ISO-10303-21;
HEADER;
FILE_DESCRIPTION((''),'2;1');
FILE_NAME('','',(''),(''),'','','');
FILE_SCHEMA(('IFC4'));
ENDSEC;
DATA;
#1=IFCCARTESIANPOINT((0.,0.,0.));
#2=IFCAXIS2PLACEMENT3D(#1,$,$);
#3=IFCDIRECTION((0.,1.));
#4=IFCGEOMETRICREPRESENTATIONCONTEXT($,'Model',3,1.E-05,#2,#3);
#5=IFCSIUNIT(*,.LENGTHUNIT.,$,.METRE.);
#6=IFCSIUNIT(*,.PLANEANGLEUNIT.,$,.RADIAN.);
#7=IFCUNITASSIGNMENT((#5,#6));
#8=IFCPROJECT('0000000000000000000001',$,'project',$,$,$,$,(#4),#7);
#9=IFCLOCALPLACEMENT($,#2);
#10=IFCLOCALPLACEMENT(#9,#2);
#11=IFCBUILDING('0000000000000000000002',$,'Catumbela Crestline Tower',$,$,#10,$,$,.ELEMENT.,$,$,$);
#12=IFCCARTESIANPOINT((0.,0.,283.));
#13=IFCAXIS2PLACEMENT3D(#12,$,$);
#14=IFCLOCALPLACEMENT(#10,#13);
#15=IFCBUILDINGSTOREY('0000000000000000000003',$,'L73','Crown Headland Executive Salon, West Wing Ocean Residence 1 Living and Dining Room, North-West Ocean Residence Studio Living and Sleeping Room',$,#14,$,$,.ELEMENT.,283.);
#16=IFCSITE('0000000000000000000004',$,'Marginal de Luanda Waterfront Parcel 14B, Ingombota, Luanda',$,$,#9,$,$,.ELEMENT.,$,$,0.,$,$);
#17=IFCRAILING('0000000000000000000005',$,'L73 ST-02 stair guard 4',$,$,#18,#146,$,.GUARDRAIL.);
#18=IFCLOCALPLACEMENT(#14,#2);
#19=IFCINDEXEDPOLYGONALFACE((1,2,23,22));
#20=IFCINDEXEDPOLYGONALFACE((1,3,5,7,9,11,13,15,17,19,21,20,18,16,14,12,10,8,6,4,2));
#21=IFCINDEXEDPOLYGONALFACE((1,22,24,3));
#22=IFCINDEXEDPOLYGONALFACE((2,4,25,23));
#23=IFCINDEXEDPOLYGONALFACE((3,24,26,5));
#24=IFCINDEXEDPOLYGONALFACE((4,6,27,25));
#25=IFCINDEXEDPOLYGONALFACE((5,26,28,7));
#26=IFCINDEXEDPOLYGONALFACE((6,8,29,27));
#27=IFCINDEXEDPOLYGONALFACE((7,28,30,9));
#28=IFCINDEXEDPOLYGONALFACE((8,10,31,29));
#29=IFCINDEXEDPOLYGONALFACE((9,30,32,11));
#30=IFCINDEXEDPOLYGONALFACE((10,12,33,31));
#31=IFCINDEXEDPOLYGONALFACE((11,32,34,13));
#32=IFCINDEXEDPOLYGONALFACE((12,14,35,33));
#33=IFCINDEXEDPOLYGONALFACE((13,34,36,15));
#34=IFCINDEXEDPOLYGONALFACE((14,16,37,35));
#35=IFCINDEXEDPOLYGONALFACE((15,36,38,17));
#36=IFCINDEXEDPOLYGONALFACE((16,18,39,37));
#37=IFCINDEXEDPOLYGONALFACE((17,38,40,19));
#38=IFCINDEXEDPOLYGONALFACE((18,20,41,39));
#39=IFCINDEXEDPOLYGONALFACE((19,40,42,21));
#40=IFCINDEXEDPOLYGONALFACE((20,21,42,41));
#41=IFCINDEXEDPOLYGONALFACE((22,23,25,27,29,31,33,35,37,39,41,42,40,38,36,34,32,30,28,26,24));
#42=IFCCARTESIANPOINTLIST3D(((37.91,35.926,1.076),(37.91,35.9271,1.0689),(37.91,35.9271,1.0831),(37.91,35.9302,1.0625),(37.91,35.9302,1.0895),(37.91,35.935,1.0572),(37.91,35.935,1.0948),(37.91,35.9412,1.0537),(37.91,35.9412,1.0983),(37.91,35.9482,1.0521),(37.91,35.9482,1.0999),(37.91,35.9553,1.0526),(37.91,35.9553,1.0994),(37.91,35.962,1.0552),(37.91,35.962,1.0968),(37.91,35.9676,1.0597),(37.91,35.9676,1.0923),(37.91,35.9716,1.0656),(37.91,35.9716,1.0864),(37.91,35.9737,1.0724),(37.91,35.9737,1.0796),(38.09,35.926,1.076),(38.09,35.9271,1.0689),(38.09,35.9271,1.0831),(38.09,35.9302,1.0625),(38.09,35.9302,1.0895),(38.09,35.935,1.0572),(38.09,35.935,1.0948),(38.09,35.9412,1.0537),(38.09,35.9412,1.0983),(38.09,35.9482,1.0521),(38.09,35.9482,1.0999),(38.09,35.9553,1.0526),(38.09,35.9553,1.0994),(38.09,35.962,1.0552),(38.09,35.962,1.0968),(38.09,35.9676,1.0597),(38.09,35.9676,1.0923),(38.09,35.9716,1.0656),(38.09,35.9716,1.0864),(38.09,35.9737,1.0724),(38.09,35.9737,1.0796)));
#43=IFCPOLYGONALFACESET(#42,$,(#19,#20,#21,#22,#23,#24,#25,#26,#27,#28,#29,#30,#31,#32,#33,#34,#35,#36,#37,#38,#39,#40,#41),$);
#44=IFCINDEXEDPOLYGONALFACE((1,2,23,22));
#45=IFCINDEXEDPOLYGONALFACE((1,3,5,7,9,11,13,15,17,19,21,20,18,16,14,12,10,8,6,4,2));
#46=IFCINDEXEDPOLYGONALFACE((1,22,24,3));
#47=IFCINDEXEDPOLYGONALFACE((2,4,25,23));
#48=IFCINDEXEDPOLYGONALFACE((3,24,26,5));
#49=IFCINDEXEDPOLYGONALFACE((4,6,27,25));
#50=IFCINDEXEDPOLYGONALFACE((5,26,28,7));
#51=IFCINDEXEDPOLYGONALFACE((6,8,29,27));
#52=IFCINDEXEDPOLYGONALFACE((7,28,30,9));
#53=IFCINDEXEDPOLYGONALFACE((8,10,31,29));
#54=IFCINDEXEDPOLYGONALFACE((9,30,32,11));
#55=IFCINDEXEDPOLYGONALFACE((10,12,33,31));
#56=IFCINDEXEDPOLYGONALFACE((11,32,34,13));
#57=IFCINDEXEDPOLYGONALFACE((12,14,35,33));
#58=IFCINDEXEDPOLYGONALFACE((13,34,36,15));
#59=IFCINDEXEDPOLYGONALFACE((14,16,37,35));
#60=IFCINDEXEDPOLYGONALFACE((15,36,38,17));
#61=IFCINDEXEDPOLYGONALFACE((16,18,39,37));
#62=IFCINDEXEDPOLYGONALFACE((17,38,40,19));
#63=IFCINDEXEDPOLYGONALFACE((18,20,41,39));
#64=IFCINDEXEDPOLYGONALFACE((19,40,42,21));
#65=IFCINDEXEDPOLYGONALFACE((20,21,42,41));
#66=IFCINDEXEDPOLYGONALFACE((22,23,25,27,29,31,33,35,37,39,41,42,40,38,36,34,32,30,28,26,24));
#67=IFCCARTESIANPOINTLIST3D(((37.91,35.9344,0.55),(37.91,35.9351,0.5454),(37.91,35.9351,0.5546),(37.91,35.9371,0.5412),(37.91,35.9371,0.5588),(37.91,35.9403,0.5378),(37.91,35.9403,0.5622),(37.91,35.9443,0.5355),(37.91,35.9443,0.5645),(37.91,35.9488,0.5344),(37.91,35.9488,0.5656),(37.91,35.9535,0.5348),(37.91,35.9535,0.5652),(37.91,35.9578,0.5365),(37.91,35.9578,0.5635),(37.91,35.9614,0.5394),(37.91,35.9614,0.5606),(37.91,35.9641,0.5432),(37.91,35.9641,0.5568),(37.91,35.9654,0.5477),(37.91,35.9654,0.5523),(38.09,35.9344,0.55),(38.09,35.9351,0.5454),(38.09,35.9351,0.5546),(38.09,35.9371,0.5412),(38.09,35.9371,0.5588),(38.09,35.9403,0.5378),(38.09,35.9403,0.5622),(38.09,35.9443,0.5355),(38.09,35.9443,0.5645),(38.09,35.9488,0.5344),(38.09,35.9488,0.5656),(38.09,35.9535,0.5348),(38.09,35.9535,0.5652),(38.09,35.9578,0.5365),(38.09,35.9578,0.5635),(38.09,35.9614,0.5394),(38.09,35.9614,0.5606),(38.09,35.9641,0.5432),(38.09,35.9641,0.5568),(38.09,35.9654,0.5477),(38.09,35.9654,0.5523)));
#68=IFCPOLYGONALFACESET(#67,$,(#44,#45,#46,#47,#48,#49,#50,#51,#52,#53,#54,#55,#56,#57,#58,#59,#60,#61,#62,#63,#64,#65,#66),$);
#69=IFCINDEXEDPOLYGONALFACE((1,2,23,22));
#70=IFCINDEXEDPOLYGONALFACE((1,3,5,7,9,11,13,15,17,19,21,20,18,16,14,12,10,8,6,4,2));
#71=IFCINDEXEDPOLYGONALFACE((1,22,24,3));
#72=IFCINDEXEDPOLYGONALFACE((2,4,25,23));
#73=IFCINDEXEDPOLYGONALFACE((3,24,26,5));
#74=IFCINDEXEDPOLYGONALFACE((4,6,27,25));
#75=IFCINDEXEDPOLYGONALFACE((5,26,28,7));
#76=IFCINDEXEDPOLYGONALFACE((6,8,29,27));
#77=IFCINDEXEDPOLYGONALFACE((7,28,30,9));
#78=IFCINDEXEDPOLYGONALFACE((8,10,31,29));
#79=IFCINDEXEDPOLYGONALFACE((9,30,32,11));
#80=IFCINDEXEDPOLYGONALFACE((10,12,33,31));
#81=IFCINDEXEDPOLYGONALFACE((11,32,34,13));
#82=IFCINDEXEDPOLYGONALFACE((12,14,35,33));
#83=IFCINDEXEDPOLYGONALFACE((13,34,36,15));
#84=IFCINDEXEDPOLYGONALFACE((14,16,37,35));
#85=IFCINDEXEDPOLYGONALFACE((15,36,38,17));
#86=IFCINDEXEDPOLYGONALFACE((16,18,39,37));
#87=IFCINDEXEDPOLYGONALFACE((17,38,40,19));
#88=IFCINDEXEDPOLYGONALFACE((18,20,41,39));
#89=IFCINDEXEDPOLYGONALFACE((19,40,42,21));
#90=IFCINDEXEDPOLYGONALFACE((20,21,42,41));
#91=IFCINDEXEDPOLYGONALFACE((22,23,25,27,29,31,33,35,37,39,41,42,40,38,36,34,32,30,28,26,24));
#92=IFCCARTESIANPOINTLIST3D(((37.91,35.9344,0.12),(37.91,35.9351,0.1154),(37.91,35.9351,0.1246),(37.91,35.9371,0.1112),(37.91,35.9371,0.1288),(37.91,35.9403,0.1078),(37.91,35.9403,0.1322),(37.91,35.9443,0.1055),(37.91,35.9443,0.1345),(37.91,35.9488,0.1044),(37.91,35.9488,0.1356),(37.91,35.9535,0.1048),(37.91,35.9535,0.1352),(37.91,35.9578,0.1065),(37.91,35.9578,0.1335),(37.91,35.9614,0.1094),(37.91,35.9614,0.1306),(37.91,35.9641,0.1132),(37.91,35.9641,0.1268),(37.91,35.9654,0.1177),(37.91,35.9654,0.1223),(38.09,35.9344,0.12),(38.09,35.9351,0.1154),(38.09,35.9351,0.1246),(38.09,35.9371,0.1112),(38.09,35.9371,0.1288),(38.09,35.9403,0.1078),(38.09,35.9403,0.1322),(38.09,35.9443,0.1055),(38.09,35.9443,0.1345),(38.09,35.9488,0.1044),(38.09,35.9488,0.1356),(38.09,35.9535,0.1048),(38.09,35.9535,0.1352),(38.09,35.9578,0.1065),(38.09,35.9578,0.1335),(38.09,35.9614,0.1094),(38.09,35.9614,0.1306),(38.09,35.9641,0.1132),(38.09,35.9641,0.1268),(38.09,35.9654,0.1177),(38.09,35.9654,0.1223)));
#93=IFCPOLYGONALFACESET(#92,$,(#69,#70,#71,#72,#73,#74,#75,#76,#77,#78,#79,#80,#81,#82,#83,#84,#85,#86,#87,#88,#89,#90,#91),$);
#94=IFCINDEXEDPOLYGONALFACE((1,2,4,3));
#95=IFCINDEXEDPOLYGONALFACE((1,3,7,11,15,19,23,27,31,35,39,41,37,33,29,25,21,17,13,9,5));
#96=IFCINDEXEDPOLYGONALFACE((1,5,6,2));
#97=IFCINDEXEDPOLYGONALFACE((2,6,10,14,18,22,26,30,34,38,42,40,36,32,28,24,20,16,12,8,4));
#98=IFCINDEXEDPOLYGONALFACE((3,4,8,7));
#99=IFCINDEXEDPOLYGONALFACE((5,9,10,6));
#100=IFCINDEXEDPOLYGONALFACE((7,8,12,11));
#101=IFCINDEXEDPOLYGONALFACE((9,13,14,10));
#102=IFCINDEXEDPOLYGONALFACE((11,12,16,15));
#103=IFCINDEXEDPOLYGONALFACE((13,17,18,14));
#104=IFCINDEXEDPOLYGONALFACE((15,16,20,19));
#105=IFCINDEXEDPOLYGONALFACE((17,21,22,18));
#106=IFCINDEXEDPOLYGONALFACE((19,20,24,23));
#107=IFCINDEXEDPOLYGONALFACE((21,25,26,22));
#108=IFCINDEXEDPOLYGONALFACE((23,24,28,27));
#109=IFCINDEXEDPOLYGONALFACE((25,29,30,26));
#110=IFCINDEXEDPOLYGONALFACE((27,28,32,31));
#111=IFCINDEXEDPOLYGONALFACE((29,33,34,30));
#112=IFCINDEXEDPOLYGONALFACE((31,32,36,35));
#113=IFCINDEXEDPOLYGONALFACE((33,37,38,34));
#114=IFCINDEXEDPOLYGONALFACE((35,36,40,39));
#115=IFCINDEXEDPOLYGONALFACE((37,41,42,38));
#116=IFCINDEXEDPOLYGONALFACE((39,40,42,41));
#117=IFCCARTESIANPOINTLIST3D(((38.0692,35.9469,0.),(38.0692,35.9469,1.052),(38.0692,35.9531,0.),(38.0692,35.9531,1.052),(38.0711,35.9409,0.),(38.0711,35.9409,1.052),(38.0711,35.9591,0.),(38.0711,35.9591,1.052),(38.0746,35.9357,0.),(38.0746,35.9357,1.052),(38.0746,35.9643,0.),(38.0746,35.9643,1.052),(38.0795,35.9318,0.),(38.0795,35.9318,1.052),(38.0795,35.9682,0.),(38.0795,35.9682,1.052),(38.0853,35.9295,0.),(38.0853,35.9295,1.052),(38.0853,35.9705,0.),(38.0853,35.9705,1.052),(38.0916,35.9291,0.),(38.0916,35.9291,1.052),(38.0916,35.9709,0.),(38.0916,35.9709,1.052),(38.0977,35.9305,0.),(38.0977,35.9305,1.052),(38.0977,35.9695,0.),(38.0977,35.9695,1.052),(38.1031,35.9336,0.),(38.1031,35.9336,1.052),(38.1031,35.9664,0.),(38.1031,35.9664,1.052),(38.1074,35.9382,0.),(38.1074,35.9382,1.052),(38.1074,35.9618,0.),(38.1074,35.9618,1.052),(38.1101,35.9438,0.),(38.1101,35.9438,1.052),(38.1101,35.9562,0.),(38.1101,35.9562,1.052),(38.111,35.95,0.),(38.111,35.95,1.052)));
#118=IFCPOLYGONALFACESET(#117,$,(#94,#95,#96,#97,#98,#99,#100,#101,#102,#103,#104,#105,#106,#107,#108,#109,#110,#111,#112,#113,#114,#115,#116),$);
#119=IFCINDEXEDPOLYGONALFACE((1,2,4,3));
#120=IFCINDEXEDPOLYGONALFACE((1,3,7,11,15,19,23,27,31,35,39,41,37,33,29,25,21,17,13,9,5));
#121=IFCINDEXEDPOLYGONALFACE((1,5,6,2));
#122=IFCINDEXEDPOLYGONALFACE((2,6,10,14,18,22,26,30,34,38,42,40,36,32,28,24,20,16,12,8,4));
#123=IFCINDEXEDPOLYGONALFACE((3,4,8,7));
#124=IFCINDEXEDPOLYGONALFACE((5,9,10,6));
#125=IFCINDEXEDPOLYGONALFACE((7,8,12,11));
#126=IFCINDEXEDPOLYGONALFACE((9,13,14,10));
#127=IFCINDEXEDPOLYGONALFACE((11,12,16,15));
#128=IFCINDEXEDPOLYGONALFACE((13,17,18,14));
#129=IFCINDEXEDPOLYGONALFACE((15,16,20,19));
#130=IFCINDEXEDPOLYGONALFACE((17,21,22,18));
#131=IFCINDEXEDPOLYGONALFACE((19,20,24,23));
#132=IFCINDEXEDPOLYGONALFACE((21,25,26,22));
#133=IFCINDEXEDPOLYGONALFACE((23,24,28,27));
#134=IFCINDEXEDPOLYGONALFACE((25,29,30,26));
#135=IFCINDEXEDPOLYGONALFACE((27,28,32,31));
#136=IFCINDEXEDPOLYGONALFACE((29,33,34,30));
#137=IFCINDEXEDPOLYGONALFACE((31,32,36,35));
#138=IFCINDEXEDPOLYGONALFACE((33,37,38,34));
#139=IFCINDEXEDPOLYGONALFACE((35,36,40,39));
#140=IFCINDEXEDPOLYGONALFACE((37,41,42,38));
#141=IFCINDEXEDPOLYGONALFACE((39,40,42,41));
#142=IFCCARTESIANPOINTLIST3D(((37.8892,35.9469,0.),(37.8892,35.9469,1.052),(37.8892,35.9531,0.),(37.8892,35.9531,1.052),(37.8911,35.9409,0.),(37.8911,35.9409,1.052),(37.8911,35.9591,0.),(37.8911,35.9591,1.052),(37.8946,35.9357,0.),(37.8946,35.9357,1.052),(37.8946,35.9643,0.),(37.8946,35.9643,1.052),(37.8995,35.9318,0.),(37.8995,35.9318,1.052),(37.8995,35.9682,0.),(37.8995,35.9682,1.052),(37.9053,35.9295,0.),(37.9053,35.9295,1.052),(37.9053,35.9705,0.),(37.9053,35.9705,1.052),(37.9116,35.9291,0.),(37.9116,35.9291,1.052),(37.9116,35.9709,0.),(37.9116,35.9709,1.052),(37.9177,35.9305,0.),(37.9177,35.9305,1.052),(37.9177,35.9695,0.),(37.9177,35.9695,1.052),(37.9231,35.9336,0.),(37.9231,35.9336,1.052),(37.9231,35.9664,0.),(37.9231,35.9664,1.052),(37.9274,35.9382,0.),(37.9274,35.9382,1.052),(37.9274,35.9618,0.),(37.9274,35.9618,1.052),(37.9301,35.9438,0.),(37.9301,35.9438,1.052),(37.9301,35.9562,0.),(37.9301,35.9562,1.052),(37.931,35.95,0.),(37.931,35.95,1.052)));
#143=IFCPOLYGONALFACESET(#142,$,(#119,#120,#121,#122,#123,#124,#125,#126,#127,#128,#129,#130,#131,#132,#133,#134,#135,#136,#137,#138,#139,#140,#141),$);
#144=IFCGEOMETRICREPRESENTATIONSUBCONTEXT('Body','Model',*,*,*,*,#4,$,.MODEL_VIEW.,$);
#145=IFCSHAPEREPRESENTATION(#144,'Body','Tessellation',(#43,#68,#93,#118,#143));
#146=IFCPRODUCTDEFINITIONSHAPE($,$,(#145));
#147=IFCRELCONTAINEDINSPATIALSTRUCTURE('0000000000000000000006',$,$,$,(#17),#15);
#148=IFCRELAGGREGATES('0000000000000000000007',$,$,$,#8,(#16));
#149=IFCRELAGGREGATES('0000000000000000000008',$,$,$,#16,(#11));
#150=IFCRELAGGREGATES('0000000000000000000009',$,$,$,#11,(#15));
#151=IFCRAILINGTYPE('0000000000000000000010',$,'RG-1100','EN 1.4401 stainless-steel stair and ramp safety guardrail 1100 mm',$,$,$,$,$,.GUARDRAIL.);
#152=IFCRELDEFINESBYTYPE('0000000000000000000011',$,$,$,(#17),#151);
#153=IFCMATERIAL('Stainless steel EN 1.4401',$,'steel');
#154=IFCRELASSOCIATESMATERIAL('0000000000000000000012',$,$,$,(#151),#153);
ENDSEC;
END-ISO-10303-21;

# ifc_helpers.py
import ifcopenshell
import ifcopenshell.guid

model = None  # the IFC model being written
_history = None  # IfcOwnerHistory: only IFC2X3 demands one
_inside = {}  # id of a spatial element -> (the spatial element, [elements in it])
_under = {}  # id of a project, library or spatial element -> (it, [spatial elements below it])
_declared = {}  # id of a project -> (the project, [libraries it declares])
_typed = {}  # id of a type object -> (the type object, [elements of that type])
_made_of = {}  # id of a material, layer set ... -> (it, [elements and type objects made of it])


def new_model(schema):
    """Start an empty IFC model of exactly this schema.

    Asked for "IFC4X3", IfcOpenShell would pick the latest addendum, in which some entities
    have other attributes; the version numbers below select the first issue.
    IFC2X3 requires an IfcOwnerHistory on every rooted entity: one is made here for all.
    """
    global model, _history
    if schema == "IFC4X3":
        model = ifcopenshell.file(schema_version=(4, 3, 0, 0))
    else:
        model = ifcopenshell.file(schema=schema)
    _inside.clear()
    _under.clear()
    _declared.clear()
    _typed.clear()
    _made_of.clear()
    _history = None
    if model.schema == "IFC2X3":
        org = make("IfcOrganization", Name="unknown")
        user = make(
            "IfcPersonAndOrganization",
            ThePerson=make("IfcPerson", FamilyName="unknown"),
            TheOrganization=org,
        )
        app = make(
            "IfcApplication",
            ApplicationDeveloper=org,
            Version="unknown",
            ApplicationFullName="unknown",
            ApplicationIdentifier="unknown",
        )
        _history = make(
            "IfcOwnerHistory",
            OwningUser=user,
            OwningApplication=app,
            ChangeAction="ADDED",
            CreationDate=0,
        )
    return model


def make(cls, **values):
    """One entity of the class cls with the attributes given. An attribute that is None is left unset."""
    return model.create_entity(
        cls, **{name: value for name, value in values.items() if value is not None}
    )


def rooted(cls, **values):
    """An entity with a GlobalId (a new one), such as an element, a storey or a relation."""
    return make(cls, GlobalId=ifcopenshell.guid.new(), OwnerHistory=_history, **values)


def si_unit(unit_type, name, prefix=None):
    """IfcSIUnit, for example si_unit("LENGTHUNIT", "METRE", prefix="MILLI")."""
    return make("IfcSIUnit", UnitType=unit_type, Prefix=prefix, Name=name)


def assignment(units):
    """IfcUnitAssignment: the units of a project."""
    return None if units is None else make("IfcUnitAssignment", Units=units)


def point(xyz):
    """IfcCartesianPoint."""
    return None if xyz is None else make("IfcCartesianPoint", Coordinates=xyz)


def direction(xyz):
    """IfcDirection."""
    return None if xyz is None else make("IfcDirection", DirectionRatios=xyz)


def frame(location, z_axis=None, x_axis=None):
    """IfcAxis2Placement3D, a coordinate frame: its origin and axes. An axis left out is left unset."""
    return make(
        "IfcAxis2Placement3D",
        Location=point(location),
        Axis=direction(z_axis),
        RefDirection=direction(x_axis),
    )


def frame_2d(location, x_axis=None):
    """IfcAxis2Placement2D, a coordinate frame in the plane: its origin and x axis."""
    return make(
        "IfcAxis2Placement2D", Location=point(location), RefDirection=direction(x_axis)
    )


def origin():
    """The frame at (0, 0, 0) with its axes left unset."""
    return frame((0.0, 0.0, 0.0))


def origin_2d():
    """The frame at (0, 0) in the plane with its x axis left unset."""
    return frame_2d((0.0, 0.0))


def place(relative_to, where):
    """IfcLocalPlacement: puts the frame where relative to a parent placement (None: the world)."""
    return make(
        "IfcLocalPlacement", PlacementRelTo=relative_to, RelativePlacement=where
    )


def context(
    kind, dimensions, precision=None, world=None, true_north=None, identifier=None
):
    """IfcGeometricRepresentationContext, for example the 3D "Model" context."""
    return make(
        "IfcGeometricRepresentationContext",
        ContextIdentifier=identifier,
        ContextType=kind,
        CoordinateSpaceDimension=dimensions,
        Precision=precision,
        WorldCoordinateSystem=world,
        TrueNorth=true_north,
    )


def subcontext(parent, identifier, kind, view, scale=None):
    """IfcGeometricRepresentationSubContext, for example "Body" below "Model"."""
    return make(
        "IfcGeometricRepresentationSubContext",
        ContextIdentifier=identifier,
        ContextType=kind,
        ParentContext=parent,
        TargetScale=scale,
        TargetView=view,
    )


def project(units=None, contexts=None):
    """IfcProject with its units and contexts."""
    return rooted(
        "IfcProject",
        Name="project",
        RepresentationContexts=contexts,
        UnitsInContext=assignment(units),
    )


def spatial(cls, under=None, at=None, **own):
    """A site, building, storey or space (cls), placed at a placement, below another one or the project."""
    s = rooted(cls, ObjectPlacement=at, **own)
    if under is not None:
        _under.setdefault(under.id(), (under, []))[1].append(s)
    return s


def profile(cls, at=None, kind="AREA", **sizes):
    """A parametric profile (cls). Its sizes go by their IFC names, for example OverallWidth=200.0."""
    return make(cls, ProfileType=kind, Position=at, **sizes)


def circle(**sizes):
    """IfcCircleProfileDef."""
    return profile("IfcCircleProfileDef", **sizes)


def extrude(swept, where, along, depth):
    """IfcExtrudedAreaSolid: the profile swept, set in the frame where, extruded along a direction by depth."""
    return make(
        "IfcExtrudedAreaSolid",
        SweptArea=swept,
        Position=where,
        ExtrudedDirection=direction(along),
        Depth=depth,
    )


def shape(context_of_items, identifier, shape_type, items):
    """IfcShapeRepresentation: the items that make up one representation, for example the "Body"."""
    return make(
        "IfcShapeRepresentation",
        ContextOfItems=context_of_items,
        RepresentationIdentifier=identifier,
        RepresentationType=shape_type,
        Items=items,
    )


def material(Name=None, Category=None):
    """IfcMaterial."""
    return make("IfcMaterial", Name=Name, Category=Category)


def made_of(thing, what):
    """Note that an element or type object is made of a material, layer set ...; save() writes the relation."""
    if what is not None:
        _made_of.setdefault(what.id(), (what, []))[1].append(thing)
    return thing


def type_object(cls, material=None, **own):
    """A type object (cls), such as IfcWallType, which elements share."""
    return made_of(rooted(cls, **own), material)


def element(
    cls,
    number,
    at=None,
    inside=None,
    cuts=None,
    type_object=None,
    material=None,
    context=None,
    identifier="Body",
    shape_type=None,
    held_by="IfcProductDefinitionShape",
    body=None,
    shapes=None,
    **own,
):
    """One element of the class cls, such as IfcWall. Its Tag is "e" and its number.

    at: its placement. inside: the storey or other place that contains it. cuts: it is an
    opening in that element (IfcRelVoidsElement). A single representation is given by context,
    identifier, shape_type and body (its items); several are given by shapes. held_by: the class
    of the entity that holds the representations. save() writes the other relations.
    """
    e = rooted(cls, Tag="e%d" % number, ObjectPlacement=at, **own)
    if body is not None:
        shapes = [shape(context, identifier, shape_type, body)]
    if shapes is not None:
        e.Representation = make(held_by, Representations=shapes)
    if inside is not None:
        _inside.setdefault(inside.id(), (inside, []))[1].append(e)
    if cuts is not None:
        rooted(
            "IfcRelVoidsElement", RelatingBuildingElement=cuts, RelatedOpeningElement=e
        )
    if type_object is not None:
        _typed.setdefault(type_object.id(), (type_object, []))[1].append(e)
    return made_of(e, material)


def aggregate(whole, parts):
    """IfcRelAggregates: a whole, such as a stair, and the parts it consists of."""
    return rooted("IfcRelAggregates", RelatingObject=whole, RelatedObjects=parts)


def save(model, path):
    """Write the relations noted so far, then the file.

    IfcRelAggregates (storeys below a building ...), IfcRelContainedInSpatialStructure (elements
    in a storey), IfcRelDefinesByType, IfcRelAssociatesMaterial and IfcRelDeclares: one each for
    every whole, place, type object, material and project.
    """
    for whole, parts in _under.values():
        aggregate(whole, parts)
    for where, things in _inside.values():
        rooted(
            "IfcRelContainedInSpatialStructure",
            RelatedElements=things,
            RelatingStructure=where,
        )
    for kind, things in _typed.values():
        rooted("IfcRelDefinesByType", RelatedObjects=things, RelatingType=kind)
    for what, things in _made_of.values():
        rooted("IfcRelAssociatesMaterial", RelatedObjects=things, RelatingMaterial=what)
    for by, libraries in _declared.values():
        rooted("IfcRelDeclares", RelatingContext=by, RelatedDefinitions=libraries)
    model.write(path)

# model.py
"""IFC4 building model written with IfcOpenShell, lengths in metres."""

from ifc_helpers import new_model, si_unit, direction, frame, origin, origin_2d, place, context, subcontext, project, spatial, circle, extrude, material, type_object, element, save


model = new_model("IFC4")

# Units and contexts
model_context = context("Model", 3, precision=1e-05, world=origin(), true_north=direction((0.0, 1.0)))
body_context = subcontext(model_context, "Body", "Model", "MODEL_VIEW")
ifc_project = project(units=[si_unit("LENGTHUNIT", "METRE"), si_unit("PLANEANGLEUNIT", "RADIAN")], contexts=[model_context])

# Site, building, storey
site_placement = place(None, origin())
site = spatial("IfcSite", under=ifc_project, at=site_placement, Name="Marginal de Luanda Waterfront Parcel 14B, Ingombota, Luanda", CompositionType="ELEMENT", RefElevation=0.0)
building_placement = place(site_placement, origin())
building = spatial("IfcBuilding", under=site, at=building_placement, Name="Catumbela Crestline Tower", CompositionType="ELEMENT")
storey_placement = place(building_placement, frame((0.0, 0.0, 283.0)))
storey = spatial("IfcBuildingStorey", under=building, at=storey_placement, Name="L73", Description="Crown Headland Executive Salon, West Wing Ocean Residence 1 Living and Dining Room, North-West Ocean Residence Studio Living and Sleeping Room", CompositionType="ELEMENT", Elevation=283.0)

# Shared definitions
ifc_material_1 = material(Name="Stainless steel EN 1.4401", Category="steel")

# Railing
railing_type_1 = type_object("IfcRailingType", Name="RG-1100", Description="EN 1.4401 stainless-steel stair and ramp safety guardrail 1100 mm", PredefinedType="GUARDRAIL", material=ifc_material_1)
railing_1_placement = place(storey_placement, frame((38.09, 35.95, 0.0)))
element("IfcRailing", 1, at=railing_1_placement, inside=storey, type_object=railing_type_1, Name="L73 ST-02 stair guard 4", PredefinedType="GUARDRAIL", context=body_context, shape_type="SweptSolid", body=[
    extrude(circle(Radius=0.024, at=origin_2d()), frame((0.0, 0.0, 1.076), z_axis=(-1.0, 0.0, 0.0), x_axis=(0.0, -1.0, 0.0)), (0.0, 0.0, 1.0), 0.18),
    extrude(circle(Radius=0.0156, at=origin_2d()), frame((0.0, 0.0, 0.55), z_axis=(-1.0, 0.0, 0.0), x_axis=(0.0, -1.0, 0.0)), (0.0, 0.0, 1.0), 0.18),
    extrude(circle(Radius=0.0156, at=origin_2d()), frame((0.0, 0.0, 0.12), z_axis=(-1.0, 0.0, 0.0), x_axis=(0.0, -1.0, 0.0)), (0.0, 0.0, 1.0), 0.18),
    extrude(circle(Radius=0.021, at=origin_2d()), origin(), (0.0, 0.0, 1.0), 1.052),
    extrude(circle(Radius=0.021, at=origin_2d()), frame((-0.18, 0.0, 0.0)), (0.0, 0.0, 1.0), 1.052),
])

save(model, "model.ifc")
